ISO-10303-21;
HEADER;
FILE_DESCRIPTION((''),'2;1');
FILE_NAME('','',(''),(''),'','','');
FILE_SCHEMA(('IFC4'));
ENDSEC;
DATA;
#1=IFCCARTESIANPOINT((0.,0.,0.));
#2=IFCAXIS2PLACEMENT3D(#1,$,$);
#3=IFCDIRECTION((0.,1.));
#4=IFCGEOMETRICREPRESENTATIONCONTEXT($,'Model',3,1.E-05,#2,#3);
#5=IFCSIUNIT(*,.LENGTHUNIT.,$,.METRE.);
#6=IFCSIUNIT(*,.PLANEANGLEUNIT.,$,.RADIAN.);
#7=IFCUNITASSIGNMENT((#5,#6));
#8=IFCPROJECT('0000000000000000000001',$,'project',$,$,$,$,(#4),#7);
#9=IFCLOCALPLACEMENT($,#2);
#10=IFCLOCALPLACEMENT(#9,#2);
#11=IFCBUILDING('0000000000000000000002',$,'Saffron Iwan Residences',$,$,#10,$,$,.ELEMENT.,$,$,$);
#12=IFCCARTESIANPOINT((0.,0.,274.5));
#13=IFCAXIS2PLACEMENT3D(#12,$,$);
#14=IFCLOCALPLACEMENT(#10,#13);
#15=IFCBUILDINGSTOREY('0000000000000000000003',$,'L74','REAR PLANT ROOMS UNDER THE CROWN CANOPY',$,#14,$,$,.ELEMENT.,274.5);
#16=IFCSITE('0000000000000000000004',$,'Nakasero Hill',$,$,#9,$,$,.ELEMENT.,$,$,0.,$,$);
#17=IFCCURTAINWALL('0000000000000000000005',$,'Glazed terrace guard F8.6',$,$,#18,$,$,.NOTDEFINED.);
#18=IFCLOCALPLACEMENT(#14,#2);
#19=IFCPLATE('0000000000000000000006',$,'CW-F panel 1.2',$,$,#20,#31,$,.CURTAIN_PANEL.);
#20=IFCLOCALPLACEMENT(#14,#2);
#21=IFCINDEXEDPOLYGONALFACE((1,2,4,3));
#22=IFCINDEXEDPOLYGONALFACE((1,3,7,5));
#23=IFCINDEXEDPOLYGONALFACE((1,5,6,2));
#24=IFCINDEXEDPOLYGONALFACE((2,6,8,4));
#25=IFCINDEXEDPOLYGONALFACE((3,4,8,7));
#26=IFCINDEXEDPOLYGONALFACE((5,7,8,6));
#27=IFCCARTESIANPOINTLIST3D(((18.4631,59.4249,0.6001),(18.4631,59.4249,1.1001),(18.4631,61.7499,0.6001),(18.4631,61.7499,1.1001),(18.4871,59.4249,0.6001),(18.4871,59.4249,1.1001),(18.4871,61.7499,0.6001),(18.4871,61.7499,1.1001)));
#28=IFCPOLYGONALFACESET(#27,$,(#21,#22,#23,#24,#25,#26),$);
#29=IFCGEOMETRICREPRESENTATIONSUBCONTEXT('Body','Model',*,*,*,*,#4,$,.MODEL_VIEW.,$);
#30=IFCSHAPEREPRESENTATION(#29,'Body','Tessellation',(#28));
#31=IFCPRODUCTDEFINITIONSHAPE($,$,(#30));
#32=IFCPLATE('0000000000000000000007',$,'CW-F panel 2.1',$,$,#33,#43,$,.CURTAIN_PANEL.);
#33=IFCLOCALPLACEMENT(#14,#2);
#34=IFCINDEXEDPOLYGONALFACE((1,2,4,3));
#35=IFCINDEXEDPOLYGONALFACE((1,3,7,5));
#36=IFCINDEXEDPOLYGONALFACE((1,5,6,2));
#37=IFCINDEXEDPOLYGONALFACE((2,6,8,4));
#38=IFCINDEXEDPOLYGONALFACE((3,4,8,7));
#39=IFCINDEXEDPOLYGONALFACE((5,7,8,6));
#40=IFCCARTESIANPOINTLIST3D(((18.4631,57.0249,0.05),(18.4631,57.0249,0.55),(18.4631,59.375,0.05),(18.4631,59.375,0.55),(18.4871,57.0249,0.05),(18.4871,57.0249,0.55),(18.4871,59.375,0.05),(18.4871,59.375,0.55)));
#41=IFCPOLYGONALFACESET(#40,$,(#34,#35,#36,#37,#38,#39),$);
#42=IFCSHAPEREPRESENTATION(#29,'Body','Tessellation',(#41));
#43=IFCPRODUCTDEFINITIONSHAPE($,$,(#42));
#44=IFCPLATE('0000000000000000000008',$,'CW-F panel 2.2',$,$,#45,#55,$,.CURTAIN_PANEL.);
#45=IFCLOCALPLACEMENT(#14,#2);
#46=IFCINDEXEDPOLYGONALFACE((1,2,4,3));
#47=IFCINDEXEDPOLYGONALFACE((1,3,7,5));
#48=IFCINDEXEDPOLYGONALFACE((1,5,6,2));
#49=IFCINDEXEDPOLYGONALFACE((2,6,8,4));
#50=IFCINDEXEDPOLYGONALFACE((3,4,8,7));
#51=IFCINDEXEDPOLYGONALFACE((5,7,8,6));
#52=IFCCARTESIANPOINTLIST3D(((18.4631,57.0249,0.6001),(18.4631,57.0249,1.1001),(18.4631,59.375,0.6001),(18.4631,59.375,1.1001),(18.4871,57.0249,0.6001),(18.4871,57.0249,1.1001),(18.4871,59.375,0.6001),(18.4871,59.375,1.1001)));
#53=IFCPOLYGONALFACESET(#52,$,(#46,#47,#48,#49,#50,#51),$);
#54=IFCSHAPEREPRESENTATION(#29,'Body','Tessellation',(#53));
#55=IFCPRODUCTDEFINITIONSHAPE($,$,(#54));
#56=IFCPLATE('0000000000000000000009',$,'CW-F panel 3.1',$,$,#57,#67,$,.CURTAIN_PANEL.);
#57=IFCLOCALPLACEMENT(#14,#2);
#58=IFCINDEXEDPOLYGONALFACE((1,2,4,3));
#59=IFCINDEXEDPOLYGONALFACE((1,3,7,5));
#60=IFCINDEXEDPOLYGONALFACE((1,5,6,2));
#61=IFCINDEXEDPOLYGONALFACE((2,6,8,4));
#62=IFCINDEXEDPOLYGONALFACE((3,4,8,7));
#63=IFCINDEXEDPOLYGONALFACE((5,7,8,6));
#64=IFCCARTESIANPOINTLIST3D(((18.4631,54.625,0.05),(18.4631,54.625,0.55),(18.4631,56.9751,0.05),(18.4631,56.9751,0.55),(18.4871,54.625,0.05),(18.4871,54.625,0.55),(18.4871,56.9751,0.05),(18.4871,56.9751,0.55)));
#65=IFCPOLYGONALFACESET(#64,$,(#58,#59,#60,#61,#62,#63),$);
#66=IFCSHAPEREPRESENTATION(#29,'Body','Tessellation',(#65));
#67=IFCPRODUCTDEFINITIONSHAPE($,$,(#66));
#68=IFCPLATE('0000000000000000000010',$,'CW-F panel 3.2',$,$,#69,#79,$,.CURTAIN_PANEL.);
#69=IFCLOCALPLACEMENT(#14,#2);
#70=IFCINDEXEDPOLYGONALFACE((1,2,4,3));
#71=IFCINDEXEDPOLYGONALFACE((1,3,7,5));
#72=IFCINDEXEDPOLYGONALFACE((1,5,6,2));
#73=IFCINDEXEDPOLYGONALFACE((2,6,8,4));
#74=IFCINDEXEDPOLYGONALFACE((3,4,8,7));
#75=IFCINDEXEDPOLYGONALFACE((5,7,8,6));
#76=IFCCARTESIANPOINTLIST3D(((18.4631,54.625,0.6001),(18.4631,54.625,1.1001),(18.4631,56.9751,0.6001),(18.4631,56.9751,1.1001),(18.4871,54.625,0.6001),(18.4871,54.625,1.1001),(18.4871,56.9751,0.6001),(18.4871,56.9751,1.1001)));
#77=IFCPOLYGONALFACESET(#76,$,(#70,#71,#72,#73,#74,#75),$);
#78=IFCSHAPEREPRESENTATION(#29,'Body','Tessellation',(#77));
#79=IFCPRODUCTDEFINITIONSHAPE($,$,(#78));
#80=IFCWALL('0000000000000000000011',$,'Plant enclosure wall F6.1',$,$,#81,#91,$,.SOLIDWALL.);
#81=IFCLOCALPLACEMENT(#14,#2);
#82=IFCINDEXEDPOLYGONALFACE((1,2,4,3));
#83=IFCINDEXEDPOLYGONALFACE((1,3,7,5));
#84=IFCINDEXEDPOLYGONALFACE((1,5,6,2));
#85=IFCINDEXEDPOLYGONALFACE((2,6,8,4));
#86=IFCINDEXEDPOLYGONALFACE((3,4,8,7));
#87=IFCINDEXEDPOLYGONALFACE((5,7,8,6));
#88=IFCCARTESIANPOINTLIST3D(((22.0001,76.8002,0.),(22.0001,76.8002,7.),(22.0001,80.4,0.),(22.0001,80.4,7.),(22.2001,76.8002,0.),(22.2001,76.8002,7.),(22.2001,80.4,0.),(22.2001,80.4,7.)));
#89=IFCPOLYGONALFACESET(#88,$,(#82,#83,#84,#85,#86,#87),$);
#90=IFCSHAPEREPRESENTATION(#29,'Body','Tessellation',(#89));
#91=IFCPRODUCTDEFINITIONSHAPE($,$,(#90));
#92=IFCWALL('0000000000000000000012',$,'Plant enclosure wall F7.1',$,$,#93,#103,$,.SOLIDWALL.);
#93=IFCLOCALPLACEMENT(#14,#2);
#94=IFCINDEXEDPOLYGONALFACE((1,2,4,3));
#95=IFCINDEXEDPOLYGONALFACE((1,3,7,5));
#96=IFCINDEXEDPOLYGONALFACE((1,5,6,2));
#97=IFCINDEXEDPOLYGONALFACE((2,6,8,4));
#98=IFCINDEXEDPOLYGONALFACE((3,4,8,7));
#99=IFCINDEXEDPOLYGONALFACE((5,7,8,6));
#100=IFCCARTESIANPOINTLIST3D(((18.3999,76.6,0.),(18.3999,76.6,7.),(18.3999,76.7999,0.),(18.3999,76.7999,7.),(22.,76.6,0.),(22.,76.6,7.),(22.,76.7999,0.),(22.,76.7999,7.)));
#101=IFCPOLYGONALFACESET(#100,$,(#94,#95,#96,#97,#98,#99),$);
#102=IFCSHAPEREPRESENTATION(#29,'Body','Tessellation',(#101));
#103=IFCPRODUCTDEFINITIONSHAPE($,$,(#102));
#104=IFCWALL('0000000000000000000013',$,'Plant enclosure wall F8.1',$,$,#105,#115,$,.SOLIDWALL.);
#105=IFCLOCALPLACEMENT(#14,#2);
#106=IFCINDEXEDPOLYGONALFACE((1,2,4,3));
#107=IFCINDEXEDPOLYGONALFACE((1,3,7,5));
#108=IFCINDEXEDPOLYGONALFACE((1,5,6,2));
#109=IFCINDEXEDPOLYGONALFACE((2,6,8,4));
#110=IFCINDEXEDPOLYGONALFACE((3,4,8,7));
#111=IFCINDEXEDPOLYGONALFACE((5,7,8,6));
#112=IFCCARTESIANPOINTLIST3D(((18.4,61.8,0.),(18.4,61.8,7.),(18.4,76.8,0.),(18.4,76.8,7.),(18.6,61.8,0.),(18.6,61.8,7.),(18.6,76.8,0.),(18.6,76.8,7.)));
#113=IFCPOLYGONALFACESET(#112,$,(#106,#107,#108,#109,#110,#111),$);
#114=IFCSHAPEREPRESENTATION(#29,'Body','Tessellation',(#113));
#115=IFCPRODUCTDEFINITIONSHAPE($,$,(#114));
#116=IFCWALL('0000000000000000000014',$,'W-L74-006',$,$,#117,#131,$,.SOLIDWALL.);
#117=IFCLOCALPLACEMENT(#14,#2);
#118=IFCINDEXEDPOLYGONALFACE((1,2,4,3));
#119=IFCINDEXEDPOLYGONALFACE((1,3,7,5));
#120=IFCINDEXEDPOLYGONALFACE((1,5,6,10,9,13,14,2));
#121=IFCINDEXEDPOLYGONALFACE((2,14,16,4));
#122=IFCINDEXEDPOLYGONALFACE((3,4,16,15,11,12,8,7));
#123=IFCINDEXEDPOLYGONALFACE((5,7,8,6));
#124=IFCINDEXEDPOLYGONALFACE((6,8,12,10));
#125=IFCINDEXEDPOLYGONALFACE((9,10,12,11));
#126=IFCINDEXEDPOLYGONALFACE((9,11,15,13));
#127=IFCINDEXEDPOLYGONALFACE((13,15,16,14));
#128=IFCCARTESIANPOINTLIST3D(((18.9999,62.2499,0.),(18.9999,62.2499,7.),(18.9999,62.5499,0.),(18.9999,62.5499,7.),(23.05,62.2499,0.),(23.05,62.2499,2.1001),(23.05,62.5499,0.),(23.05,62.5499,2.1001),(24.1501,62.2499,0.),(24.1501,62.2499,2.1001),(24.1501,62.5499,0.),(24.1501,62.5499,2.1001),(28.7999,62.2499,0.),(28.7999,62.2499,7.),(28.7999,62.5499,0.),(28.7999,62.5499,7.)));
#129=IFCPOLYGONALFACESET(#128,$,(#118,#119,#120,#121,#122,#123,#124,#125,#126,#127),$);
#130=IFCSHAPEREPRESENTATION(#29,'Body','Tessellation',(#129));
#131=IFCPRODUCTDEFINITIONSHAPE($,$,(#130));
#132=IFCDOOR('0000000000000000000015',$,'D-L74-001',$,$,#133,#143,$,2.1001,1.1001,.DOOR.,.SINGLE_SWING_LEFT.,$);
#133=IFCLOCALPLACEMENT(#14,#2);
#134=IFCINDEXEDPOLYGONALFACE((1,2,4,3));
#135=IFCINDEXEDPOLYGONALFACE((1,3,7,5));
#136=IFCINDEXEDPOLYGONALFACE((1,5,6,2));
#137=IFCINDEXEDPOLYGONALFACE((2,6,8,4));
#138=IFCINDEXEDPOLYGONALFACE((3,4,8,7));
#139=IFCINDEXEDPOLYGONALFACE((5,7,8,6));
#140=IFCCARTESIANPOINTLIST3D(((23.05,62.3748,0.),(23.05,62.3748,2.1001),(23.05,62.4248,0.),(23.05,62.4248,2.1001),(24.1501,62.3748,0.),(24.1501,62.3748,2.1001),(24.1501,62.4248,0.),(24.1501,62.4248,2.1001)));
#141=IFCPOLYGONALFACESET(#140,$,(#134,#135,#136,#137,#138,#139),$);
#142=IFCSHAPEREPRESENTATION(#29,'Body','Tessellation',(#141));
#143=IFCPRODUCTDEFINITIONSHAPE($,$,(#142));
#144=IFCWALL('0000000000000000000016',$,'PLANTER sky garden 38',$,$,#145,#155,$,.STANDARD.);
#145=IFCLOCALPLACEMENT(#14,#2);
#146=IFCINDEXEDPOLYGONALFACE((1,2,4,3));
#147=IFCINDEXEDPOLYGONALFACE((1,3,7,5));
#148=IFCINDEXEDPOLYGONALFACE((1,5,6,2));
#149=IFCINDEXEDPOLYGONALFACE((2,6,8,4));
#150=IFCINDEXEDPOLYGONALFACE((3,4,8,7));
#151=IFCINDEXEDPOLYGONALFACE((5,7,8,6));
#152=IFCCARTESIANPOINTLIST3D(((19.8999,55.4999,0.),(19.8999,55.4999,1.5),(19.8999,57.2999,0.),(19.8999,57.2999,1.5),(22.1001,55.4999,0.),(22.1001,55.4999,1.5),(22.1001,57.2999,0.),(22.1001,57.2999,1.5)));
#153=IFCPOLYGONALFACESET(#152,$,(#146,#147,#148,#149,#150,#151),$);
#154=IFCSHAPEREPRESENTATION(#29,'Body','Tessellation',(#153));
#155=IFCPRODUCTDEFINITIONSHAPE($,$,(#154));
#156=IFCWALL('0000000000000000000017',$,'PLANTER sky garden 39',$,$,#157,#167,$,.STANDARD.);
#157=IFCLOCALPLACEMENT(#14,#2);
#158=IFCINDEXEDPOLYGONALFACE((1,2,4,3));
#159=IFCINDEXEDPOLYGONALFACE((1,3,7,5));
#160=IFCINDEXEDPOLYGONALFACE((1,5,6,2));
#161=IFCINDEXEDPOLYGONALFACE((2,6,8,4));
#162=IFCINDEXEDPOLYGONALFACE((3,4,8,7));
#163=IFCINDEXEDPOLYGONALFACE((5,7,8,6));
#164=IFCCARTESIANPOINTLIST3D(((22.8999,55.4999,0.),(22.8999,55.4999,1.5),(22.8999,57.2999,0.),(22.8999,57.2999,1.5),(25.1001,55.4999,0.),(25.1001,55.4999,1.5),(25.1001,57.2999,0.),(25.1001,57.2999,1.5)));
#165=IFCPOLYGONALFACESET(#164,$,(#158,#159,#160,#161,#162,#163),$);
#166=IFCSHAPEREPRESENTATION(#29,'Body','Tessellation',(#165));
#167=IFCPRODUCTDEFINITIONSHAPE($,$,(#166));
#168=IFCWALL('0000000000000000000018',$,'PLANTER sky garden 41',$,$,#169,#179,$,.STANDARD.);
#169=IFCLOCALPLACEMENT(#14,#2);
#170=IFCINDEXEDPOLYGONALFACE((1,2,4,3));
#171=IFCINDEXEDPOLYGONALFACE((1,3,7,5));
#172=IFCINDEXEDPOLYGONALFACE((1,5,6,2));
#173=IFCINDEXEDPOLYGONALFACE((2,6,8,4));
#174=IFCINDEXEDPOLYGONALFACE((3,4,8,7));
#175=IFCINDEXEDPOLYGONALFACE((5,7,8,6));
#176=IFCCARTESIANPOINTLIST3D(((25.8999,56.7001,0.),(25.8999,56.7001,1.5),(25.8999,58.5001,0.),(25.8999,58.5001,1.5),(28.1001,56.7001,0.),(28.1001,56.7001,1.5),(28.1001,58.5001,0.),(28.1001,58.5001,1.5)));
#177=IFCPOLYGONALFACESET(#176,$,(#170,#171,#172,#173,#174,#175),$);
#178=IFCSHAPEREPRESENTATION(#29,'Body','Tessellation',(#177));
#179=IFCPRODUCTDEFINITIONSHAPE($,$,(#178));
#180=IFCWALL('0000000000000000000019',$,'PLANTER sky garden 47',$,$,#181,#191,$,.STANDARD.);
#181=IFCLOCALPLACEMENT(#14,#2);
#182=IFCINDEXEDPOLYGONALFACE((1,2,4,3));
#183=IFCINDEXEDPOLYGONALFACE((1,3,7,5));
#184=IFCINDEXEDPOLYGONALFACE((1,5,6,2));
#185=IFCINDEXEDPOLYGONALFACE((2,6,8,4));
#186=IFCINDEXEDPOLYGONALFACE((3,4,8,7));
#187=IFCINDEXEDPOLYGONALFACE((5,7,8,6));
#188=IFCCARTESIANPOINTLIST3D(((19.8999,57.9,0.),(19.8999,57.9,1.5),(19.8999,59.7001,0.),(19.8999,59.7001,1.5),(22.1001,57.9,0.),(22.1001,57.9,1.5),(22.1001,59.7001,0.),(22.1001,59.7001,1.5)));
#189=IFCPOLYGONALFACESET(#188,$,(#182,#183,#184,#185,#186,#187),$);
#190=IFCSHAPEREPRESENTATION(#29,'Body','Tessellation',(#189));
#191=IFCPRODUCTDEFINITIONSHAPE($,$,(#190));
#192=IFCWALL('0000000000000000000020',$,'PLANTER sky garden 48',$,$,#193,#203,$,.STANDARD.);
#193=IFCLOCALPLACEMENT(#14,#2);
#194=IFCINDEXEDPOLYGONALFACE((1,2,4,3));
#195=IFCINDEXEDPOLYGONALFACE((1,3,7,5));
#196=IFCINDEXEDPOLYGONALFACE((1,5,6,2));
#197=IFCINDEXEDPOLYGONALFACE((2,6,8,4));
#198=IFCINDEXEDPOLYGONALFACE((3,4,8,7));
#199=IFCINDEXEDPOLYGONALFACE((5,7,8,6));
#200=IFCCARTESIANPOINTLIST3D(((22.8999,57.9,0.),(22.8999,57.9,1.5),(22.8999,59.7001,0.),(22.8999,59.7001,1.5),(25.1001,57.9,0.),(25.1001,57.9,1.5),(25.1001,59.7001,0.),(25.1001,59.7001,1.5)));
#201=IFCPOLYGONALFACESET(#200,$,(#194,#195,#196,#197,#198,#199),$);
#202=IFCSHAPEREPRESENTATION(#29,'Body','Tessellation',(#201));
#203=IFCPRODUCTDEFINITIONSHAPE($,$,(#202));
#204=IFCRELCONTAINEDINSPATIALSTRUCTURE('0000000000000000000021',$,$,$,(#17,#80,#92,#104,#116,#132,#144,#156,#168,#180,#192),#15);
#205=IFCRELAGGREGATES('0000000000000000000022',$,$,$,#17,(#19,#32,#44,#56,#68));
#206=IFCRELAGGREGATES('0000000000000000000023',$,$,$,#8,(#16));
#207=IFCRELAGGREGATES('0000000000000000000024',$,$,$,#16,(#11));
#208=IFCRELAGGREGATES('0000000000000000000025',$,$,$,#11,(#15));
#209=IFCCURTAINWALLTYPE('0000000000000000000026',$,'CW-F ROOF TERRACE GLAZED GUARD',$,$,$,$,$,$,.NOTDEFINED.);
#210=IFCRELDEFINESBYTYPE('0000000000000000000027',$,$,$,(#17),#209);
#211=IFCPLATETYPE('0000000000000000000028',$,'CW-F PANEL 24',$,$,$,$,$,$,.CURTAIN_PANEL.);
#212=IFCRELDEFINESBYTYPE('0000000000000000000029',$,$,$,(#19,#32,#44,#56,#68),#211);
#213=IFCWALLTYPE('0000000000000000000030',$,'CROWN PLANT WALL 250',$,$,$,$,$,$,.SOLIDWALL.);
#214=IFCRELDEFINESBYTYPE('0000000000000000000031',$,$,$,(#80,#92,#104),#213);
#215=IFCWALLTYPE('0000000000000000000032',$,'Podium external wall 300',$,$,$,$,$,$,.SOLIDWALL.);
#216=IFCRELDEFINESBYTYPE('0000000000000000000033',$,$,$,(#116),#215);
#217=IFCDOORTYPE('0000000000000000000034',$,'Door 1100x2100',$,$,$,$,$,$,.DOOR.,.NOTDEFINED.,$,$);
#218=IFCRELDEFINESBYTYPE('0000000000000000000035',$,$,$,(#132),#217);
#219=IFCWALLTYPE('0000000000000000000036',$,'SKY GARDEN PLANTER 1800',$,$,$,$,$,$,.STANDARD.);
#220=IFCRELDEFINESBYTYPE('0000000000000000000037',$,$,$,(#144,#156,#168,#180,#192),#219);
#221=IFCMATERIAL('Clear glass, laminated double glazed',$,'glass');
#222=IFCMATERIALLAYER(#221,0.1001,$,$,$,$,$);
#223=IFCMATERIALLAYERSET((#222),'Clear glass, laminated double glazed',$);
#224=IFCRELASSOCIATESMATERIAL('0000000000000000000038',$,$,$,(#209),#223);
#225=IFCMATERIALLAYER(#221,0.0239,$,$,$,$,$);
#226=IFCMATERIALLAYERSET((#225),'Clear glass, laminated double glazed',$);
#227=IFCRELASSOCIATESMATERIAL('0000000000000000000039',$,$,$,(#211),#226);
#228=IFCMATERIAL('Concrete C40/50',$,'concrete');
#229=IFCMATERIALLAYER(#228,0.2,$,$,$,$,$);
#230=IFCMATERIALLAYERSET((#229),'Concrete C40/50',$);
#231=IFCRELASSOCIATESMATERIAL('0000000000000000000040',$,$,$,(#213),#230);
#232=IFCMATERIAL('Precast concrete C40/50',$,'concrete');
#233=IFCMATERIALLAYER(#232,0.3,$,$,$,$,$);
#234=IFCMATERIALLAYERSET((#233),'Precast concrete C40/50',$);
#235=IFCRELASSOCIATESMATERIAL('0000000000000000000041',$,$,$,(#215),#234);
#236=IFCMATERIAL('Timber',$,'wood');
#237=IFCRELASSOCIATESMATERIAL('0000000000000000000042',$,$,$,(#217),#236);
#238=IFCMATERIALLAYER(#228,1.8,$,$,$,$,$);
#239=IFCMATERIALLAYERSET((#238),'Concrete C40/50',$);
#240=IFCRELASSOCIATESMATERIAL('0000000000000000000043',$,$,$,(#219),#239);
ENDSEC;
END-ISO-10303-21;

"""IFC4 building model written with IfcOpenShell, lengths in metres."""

from ifc_helpers import new_model, si_unit, direction, frame, frame_2d, origin, origin_2d, place, context, subcontext, project, spatial, rectangle, extrude, source, transform, mapped, material, layer, layer_set, type_object, element, fill, aggregate, save


model = new_model("IFC4")

# Units and contexts
model_context = context("Model", 3, precision=1e-05, world=origin(), true_north=direction((0.0, 1.0)))
body_context = subcontext(model_context, "Body", "Model", "MODEL_VIEW")
ifc_project = project(units=[si_unit("LENGTHUNIT", "METRE"), si_unit("PLANEANGLEUNIT", "RADIAN")], contexts=[model_context])

# Site, building, storey
site_placement = place(None, origin())
site = spatial("IfcSite", under=ifc_project, at=site_placement, Name="Nakasero Hill", CompositionType="ELEMENT", RefElevation=0.0)
building_placement = place(site_placement, origin())
building = spatial("IfcBuilding", under=site, at=building_placement, Name="Saffron Iwan Residences", CompositionType="ELEMENT")
storey_placement = place(building_placement, frame((0.0, 0.0, 274.5)))
storey = spatial("IfcBuildingStorey", under=building, at=storey_placement, Name="L74", Description="REAR PLANT ROOMS UNDER THE CROWN CANOPY", CompositionType="ELEMENT", Elevation=274.5)

# Shared definitions
ifc_material_1 = material(Name="Concrete C40/50", Category="concrete")

# Curtain wall, plates
ifc_material_2 = material(Name="Clear glass, laminated double glazed", Category="glass")
ifc_layer_1 = layer(ifc_material_2, 0.1001)
ifc_layer_set_1 = layer_set([ifc_layer_1], Name="Clear glass, laminated double glazed")
curtain_wall_type = type_object("IfcCurtainWallType", Name="CW-F ROOF TERRACE GLAZED GUARD", PredefinedType="NOTDEFINED", material=ifc_layer_set_1)
curtain_wall_placement = place(storey_placement, origin())
curtain_wall = element("IfcCurtainWall", 1, at=curtain_wall_placement, inside=storey, type_object=curtain_wall_type, Name="Glazed terrace guard F8.6", PredefinedType="NOTDEFINED")
ifc_layer_2 = layer(ifc_material_2, 0.0239)
ifc_layer_set_2 = layer_set([ifc_layer_2], Name="Clear glass, laminated double glazed")
plate_type = type_object("IfcPlateType", Name="CW-F PANEL 24", PredefinedType="CURTAIN_PANEL", material=ifc_layer_set_2)
shared_shape_1 = source(origin(), body_context, "Body", "SweptSolid", [
    extrude(rectangle(XDim=2.325, YDim=0.0239, at=origin_2d()), origin(), (0.0, 0.0, 1.0), 0.5),
])
plate_1_placement = place(storey_placement, frame((18.4751, 60.5874, 0.6001), z_axis=(0.0, 0.0, 1.0), x_axis=(0.0, -1.0, 0.0)))
plate_1 = element("IfcPlate", 2, at=plate_1_placement, type_object=plate_type, Name="CW-F panel 1.2", PredefinedType="CURTAIN_PANEL", context=body_context, shape_type="MappedRepresentation", body=[
    mapped(shared_shape_1, transform((0.0, 0.0, 0.0))),
])
shared_shape_2 = source(origin(), body_context, "Body", "SweptSolid", [
    extrude(rectangle(XDim=2.3501, YDim=0.0239, at=origin_2d()), origin(), (0.0, 0.0, 1.0), 0.5),
])
plate_2_placement = place(storey_placement, frame((18.4751, 58.2, 0.05), z_axis=(0.0, 0.0, 1.0), x_axis=(0.0, -1.0, 0.0)))
plate_2 = element("IfcPlate", 3, at=plate_2_placement, type_object=plate_type, Name="CW-F panel 2.1", PredefinedType="CURTAIN_PANEL", context=body_context, shape_type="MappedRepresentation", body=[
    mapped(shared_shape_2, transform((0.0, 0.0, 0.0))),
])
plate_3_placement = place(storey_placement, frame((18.4751, 58.2, 0.6001), z_axis=(0.0, 0.0, 1.0), x_axis=(0.0, -1.0, 0.0)))
plate_3 = element("IfcPlate", 4, at=plate_3_placement, type_object=plate_type, Name="CW-F panel 2.2", PredefinedType="CURTAIN_PANEL", context=body_context, shape_type="MappedRepresentation", body=[
    mapped(shared_shape_2, transform((0.0, 0.0, 0.0))),
])
plate_4_placement = place(storey_placement, frame((18.4751, 55.8, 0.05), z_axis=(0.0, 0.0, 1.0), x_axis=(0.0, -1.0, 0.0)))
plate_4 = element("IfcPlate", 5, at=plate_4_placement, type_object=plate_type, Name="CW-F panel 3.1", PredefinedType="CURTAIN_PANEL", context=body_context, shape_type="MappedRepresentation", body=[
    mapped(shared_shape_2, transform((0.0, 0.0, 0.0))),
])
plate_5_placement = place(storey_placement, frame((18.4751, 55.8, 0.6001), z_axis=(0.0, 0.0, 1.0), x_axis=(0.0, -1.0, 0.0)))
plate_5 = element("IfcPlate", 6, at=plate_5_placement, type_object=plate_type, Name="CW-F panel 3.2", PredefinedType="CURTAIN_PANEL", context=body_context, shape_type="MappedRepresentation", body=[
    mapped(shared_shape_2, transform((0.0, 0.0, 0.0))),
])
aggregate(curtain_wall, [plate_1, plate_2, plate_3, plate_4, plate_5])

# Walls
ifc_layer_3 = layer(ifc_material_1, 0.2)
ifc_layer_set_3 = layer_set([ifc_layer_3], Name="Concrete C40/50")
wall_type_1 = type_object("IfcWallType", Name="CROWN PLANT WALL 250", PredefinedType="SOLIDWALL", material=ifc_layer_set_3)
wall_1_placement = place(storey_placement, frame((22.1001, 80.3999, 0.0), z_axis=(0.0, 0.0, 1.0), x_axis=(0.0, -1.0, 0.0)))
element("IfcWall", 7, at=wall_1_placement, inside=storey, type_object=wall_type_1, Name="Plant enclosure wall F6.1", PredefinedType="SOLIDWALL", context=body_context, shape_type="SweptSolid", body=[
    extrude(rectangle(XDim=3.5999, YDim=0.2, at=frame_2d((1.7998, 0.0))), origin(), (0.0, 0.0, 1.0), 7.0),
])
wall_2_placement = place(storey_placement, frame((22.0, 76.7, 0.0), z_axis=(0.0, 0.0, 1.0), x_axis=(-1.0, 0.0, 0.0)))
element("IfcWall", 8, at=wall_2_placement, inside=storey, type_object=wall_type_1, Name="Plant enclosure wall F7.1", PredefinedType="SOLIDWALL", context=body_context, shape_type="SweptSolid", body=[
    extrude(rectangle(XDim=3.6001, YDim=0.2, at=frame_2d((1.8, 0.0))), origin(), (0.0, 0.0, 1.0), 7.0),
])
wall_3_placement = place(storey_placement, frame((18.5, 76.8, 0.0), z_axis=(0.0, 0.0, 1.0), x_axis=(0.0, -1.0, 0.0)))
element("IfcWall", 9, at=wall_3_placement, inside=storey, type_object=wall_type_1, Name="Plant enclosure wall F8.1", PredefinedType="SOLIDWALL", context=body_context, shape_type="SweptSolid", body=[
    extrude(rectangle(XDim=15.0, YDim=0.2, at=frame_2d((7.5, 0.0))), origin(), (0.0, 0.0, 1.0), 7.0),
])

# Wall, opening, door
ifc_material_3 = material(Name="Precast concrete C40/50", Category="concrete")
ifc_layer_4 = layer(ifc_material_3, 0.3)
ifc_layer_set_4 = layer_set([ifc_layer_4], Name="Precast concrete C40/50")
wall_type_2 = type_object("IfcWallType", Name="Podium external wall 300", PredefinedType="SOLIDWALL", material=ifc_layer_set_4)
wall_4_placement = place(storey_placement, frame((19.0, 62.3999, 0.0), z_axis=(0.0, 0.0, 1.0), x_axis=(1.0, 0.0, 0.0)))
wall_4 = element("IfcWall", 10, at=wall_4_placement, inside=storey, type_object=wall_type_2, Name="W-L74-006", PredefinedType="SOLIDWALL", context=body_context, shape_type="SweptSolid", body=[
    extrude(rectangle(XDim=9.8, YDim=0.3, at=frame_2d((4.8999, 0.0))), origin(), (0.0, 0.0, 1.0), 7.0),
])
opening_1_placement = place(wall_4_placement, frame((4.05, 0.0, 0.0)))
opening_1 = element("IfcOpeningElement", 11, at=opening_1_placement, cuts=wall_4, PredefinedType="OPENING", context=body_context, shape_type="SweptSolid", body=[
    extrude(rectangle(XDim=1.1001, YDim=2.1001, at=frame_2d((0.55, 1.05))), frame((0.0, 0.1602, 0.0), z_axis=(0.0, -1.0, 0.0), x_axis=(1.0, 0.0, 0.0)), (0.0, 0.0, 1.0), 0.3201),
])
ifc_material_4 = material(Name="Timber", Category="wood")
door_type_1 = type_object("IfcDoorType", Name="Door 1100x2100", OperationType="NOTDEFINED", PredefinedType="DOOR", material=ifc_material_4)
door_1_placement = place(opening_1_placement, origin())
door_1 = element("IfcDoor", 12, at=door_1_placement, inside=storey, type_object=door_type_1, Name="D-L74-001", OperationType="SINGLE_SWING_LEFT", OverallHeight=2.1001, OverallWidth=1.1001, PredefinedType="DOOR", context=body_context, shape_type="SweptSolid", body=[
    extrude(rectangle(XDim=1.1001, YDim=2.1001, at=frame_2d((0.55, 1.05))), frame((0.0, 0.0249, 0.0), z_axis=(0.0, -1.0, 0.0), x_axis=(1.0, 0.0, 0.0)), (0.0, 0.0, 1.0), 0.05),
])
fill(opening_1, door_1)

# Walls
ifc_layer_5 = layer(ifc_material_1, 1.8)
ifc_layer_set_5 = layer_set([ifc_layer_5], Name="Concrete C40/50")
wall_type_3 = type_object("IfcWallType", Name="SKY GARDEN PLANTER 1800", PredefinedType="STANDARD", material=ifc_layer_set_5)
for number, where, z_axis, x_axis, name in (
    (13, (19.8999, 56.3999, 0.0), (0.0, 0.0, 1.0), (1.0, 0.0, 0.0), "PLANTER sky garden 38"),
    (14, (22.8999, 56.3999, 0.0), (0.0, 0.0, 1.0), (1.0, 0.0, 0.0), "PLANTER sky garden 39"),
    (15, (25.8999, 57.6001, 0.0), (0.0, 0.0, 1.0), (1.0, 0.0, 0.0), "PLANTER sky garden 41"),
    (16, (19.8999, 58.8, 0.0), (0.0, 0.0, 1.0), (1.0, 0.0, 0.0), "PLANTER sky garden 47"),
    (17, (22.8999, 58.8, 0.0), (0.0, 0.0, 1.0), (1.0, 0.0, 0.0), "PLANTER sky garden 48"),
):
    element("IfcWall", number, at=place(storey_placement, frame(where, z_axis=z_axis, x_axis=x_axis)), inside=storey, type_object=wall_type_3, Name=name, PredefinedType="STANDARD", context=body_context, shape_type="SweptSolid", body=[
        extrude(rectangle(XDim=2.2002, YDim=1.8, at=frame_2d((1.1001, 0.0))), origin(), (0.0, 0.0, 1.0), 1.5),
    ])

save(model, "model.ifc")
